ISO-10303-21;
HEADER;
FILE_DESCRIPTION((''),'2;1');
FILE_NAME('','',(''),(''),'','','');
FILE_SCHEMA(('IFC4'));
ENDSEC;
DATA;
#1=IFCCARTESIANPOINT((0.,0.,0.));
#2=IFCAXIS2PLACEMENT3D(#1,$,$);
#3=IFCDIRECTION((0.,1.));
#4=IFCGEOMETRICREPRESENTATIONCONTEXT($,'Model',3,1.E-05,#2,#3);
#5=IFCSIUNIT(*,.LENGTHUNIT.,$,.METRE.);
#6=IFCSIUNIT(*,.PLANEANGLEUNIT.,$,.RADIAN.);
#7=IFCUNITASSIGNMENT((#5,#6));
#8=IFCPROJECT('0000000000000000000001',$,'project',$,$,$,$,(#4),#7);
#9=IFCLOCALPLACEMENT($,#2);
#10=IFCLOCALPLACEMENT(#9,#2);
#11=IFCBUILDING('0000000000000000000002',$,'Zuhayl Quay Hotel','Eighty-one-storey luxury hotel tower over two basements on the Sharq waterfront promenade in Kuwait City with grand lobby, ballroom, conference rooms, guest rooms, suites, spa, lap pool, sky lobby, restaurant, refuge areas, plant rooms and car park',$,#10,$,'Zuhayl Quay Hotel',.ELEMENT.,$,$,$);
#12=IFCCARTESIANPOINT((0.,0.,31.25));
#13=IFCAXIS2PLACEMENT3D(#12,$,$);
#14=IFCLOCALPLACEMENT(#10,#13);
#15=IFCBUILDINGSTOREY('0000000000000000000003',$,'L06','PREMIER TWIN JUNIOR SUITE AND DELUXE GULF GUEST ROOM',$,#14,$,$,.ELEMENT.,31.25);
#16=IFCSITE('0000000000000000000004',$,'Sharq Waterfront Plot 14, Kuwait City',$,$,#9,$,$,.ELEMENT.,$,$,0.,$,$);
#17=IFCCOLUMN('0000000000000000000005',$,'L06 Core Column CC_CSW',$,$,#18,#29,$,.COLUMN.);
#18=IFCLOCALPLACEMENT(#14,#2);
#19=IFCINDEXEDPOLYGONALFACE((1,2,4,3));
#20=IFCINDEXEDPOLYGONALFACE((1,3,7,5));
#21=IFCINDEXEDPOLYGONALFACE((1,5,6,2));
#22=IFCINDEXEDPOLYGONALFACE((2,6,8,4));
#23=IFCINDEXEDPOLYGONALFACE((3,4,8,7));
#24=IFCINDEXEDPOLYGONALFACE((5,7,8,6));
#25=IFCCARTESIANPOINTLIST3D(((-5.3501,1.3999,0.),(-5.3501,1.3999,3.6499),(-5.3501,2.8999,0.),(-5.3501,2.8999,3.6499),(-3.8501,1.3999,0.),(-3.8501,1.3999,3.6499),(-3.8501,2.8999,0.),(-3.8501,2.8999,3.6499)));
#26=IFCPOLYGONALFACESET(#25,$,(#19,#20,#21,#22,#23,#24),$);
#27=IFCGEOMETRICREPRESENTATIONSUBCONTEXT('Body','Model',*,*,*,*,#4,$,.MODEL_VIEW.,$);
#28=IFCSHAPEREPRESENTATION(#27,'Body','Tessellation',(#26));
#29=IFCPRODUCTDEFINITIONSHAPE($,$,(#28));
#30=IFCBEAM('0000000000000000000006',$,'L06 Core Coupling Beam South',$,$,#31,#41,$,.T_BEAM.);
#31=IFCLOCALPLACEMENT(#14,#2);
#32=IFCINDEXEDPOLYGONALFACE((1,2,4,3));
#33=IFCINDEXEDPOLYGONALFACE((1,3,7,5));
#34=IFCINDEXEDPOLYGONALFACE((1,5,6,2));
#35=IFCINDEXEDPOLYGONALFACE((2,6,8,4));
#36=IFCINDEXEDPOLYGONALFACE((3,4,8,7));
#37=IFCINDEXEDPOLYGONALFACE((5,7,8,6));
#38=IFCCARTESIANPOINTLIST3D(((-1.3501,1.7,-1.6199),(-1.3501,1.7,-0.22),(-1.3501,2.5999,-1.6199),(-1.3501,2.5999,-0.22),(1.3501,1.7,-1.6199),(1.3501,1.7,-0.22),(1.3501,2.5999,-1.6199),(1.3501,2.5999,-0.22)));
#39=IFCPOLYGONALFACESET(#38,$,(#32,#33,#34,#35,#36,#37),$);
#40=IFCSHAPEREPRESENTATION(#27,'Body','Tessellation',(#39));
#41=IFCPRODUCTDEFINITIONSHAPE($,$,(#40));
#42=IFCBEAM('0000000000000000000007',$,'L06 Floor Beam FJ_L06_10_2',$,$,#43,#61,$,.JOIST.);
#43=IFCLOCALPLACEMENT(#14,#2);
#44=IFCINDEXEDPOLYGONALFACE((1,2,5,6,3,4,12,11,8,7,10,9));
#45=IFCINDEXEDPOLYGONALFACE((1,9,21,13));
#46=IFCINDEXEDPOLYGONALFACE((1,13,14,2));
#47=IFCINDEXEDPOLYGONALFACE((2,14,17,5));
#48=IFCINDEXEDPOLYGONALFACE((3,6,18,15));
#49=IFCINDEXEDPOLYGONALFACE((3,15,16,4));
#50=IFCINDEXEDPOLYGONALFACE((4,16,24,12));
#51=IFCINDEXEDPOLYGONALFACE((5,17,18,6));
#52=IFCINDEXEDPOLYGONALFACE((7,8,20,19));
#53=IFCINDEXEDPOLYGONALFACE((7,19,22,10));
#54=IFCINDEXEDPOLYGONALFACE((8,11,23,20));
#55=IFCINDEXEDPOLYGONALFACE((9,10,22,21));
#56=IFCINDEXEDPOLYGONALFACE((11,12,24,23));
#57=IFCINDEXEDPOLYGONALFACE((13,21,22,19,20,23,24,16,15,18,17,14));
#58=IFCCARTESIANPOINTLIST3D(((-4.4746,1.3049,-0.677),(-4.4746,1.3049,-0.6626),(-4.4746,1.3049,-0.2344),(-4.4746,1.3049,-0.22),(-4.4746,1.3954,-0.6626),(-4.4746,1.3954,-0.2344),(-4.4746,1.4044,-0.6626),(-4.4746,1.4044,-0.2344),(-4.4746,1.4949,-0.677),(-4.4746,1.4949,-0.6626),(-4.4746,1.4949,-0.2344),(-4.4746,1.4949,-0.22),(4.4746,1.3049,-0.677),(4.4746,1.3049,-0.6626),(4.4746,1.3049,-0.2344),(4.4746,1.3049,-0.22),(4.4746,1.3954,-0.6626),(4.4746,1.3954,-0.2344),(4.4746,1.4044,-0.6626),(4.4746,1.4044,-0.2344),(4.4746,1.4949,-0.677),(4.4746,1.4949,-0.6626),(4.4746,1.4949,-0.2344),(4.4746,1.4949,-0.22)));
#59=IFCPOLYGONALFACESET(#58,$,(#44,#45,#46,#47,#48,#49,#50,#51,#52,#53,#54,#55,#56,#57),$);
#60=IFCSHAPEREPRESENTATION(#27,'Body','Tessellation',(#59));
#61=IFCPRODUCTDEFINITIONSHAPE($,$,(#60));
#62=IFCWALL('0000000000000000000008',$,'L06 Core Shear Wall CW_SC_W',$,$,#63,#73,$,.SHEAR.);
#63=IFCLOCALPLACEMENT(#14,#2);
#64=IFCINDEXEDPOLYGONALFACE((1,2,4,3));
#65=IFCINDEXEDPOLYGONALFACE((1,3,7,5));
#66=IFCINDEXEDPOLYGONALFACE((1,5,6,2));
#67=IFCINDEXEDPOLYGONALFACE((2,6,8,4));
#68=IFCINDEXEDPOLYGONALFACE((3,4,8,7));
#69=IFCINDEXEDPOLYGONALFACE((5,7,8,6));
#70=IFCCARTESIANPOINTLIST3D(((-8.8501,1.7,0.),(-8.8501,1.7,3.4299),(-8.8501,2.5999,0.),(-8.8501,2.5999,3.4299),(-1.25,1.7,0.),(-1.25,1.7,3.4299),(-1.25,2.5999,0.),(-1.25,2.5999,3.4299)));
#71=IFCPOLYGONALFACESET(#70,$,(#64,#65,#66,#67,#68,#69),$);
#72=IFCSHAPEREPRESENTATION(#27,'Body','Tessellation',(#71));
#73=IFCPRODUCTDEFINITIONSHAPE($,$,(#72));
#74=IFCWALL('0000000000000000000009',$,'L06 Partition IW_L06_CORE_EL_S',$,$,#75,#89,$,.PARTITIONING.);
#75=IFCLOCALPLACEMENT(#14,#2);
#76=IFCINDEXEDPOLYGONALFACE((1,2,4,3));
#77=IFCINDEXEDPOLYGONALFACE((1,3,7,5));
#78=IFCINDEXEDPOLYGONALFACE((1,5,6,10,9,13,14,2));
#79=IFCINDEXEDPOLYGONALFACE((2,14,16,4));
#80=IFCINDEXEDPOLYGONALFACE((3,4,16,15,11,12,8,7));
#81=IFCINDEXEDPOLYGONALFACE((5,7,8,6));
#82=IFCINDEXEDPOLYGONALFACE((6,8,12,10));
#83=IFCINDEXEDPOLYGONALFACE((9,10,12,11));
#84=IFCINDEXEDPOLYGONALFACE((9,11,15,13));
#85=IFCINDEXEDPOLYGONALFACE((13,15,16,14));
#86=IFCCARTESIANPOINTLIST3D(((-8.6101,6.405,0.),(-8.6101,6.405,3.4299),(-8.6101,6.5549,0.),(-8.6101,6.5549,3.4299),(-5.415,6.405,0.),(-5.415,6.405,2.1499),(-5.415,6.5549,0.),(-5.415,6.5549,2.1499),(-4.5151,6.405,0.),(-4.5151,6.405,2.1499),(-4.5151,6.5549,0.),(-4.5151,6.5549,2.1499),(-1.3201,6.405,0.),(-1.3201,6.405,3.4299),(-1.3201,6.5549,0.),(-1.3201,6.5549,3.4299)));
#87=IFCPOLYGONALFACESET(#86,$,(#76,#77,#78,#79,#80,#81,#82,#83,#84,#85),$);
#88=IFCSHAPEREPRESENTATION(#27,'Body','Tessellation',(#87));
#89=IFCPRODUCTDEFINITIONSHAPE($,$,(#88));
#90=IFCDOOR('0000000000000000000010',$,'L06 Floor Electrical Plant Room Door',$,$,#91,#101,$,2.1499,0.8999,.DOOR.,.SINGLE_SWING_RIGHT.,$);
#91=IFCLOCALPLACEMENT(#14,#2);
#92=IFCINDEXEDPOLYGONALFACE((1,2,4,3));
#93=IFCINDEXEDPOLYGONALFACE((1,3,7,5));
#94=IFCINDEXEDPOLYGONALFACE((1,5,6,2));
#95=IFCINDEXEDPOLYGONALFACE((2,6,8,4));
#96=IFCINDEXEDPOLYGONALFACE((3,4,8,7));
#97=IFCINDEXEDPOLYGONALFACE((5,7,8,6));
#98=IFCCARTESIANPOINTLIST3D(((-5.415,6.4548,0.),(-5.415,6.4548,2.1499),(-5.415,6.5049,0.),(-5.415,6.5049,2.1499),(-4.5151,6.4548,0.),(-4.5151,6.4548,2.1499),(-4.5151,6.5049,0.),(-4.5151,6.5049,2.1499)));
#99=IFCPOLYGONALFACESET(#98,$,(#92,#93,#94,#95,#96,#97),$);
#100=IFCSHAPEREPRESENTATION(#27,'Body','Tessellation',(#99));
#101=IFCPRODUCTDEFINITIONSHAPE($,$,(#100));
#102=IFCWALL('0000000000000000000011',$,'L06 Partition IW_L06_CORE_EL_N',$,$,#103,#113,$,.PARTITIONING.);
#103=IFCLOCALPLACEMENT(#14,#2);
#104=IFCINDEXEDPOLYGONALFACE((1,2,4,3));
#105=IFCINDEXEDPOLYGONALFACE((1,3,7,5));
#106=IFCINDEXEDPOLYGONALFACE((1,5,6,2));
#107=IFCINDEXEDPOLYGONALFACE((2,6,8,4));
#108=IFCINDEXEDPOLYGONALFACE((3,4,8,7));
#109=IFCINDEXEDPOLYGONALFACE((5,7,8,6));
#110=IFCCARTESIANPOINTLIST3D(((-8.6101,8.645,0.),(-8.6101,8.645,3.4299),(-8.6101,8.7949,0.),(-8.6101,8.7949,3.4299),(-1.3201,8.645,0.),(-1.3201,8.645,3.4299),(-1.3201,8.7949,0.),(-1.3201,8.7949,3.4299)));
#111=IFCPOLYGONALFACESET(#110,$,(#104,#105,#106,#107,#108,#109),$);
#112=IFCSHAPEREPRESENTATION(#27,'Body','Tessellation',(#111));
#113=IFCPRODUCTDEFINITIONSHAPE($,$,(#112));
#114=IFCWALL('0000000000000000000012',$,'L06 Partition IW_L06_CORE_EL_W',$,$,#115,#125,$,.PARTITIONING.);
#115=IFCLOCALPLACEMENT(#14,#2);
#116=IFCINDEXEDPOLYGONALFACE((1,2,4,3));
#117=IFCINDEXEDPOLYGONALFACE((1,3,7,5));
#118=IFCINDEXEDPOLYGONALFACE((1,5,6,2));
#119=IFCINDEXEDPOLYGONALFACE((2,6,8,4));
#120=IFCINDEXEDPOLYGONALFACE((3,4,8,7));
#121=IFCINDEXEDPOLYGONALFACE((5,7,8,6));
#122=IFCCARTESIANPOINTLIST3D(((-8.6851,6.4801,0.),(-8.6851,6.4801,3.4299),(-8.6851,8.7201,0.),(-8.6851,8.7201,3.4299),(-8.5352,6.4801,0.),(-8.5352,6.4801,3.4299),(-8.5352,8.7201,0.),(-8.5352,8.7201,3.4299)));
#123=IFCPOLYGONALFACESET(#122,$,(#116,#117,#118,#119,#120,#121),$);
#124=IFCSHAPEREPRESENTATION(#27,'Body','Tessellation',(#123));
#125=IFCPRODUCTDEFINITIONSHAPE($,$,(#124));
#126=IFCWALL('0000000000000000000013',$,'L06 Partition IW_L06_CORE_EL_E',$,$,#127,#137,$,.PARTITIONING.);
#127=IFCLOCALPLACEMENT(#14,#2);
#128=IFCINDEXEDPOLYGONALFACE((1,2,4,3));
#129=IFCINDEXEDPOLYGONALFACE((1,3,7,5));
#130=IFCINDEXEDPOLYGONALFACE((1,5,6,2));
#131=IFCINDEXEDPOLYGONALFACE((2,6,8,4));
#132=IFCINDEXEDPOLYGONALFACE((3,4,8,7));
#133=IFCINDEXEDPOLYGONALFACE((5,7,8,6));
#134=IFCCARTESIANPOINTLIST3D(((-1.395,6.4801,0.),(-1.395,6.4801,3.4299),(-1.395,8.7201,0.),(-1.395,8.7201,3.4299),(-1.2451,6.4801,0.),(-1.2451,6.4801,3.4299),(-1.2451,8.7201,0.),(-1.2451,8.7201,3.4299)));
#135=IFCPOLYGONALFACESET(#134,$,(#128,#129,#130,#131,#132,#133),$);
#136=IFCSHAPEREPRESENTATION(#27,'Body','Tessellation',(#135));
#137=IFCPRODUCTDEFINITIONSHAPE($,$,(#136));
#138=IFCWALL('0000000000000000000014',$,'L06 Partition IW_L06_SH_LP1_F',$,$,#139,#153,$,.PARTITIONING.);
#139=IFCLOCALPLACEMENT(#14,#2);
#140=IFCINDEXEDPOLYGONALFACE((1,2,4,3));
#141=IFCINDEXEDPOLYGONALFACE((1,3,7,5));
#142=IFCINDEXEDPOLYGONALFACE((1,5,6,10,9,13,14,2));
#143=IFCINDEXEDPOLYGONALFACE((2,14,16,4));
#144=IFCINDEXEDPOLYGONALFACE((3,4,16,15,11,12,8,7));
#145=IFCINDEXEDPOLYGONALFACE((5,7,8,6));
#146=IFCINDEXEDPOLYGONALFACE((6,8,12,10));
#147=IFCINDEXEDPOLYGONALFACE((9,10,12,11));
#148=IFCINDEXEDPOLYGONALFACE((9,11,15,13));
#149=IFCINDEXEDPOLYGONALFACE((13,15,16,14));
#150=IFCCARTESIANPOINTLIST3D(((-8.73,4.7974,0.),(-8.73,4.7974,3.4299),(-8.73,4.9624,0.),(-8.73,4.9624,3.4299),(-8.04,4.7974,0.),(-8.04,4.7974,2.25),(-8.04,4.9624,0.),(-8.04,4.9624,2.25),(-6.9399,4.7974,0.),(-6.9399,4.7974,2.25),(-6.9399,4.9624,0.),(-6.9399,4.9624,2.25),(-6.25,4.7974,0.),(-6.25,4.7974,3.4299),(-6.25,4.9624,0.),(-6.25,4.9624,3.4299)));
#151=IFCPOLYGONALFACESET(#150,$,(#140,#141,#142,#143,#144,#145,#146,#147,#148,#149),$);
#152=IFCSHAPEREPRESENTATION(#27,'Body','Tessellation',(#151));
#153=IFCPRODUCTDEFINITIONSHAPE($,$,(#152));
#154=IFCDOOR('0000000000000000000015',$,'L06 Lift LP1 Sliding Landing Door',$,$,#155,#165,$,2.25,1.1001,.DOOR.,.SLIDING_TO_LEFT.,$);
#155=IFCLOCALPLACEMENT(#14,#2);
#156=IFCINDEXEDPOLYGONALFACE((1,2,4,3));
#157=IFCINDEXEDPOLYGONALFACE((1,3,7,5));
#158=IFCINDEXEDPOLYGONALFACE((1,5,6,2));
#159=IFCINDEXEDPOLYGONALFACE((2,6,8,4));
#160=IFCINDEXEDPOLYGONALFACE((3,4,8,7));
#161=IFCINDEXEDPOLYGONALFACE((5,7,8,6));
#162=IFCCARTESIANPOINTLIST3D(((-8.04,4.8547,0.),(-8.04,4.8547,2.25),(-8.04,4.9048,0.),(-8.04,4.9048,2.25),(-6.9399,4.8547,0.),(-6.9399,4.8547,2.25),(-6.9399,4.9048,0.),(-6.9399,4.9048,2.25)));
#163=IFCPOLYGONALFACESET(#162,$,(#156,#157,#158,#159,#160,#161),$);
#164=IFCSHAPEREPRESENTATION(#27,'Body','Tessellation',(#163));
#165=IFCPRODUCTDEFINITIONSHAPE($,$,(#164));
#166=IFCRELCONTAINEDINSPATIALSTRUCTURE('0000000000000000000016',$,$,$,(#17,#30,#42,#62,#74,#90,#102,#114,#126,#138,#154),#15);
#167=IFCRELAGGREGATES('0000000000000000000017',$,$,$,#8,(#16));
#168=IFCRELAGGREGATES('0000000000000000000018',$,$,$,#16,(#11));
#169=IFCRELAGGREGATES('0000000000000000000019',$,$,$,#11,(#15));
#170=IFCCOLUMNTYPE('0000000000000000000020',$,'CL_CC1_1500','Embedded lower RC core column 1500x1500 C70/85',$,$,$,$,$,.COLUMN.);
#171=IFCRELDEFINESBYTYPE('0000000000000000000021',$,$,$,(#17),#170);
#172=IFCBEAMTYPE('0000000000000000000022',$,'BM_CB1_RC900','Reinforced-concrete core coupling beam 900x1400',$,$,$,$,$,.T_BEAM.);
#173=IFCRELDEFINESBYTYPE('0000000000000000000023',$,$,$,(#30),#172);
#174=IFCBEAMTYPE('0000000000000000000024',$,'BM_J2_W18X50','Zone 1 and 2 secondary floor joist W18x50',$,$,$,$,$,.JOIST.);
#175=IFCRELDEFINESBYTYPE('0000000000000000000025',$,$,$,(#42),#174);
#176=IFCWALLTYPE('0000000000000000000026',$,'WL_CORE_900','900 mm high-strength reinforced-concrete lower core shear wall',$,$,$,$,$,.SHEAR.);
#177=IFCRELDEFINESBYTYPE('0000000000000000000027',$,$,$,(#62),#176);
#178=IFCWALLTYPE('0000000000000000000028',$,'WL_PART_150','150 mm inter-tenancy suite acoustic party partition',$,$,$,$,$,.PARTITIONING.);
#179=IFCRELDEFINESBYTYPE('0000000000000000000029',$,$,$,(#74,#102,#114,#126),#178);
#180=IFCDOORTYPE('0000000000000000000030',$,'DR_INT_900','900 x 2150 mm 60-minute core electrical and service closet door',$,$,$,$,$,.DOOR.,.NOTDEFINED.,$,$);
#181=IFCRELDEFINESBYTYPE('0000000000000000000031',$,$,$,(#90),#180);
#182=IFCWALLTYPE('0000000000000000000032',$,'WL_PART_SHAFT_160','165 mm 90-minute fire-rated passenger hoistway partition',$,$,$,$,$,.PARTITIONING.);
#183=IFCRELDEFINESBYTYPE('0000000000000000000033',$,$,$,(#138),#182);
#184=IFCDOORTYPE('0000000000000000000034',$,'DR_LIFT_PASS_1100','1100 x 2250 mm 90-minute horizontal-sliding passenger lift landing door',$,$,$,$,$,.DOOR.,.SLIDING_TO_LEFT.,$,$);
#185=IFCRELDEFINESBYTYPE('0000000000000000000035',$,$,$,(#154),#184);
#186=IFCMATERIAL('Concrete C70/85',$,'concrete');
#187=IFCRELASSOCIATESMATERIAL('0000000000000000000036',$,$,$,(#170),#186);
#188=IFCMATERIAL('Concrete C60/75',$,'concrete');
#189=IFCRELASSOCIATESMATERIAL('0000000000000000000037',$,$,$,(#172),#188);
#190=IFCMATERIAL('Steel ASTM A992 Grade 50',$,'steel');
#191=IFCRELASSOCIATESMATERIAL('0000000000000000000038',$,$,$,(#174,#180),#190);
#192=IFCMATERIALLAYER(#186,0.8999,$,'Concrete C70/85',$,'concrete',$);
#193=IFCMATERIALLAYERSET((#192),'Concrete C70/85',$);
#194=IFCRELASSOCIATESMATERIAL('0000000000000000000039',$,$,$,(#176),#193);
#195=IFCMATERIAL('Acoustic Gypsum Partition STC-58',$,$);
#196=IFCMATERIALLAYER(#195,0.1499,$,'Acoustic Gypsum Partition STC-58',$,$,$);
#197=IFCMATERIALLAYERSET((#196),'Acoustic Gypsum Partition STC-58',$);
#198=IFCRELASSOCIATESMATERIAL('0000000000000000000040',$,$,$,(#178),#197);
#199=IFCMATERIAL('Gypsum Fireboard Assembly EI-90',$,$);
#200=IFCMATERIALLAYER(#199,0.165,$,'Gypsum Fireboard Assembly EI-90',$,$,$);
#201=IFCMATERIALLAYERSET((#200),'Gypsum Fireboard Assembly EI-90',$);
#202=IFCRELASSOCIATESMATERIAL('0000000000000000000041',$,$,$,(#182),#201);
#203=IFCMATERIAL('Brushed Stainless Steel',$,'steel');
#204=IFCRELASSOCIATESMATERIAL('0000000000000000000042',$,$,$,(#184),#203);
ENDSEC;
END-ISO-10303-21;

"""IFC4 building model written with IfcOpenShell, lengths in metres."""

from ifc_helpers import new_model, si_unit, direction, frame, frame_2d, origin, origin_2d, place, context, subcontext, project, spatial, rectangle, i_section, extrude, material, layer, layer_set, material_profile, profile_set, type_object, element, fill, save


model = new_model("IFC4")

# Units and contexts
model_context = context("Model", 3, precision=1e-05, world=origin(), true_north=direction((0.0, 1.0)))
body_context = subcontext(model_context, "Body", "Model", "MODEL_VIEW")
ifc_project = project(units=[si_unit("LENGTHUNIT", "METRE"), si_unit("PLANEANGLEUNIT", "RADIAN")], contexts=[model_context])

# Site, building, storey
site_placement = place(None, origin())
site = spatial("IfcSite", under=ifc_project, at=site_placement, Name="Sharq Waterfront Plot 14, Kuwait City", CompositionType="ELEMENT", RefElevation=0.0)
building_placement = place(site_placement, origin())
building = spatial("IfcBuilding", under=site, at=building_placement, Name="Zuhayl Quay Hotel", Description="Eighty-one-storey luxury hotel tower over two basements on the Sharq waterfront promenade in Kuwait City with grand lobby, ballroom, conference rooms, guest rooms, suites, spa, lap pool, sky lobby, restaurant, refuge areas, plant rooms and car park", LongName="Zuhayl Quay Hotel", CompositionType="ELEMENT")
storey_placement = place(building_placement, frame((0.0, 0.0, 31.25)))
storey = spatial("IfcBuildingStorey", under=building, at=storey_placement, Name="L06", Description="PREMIER TWIN JUNIOR SUITE AND DELUXE GULF GUEST ROOM", CompositionType="ELEMENT", Elevation=31.25)

# Column
ifc_material_1 = material(Name="Concrete C70/85", Category="concrete")
ifc_material_profile_1 = material_profile(ifc_material_1, rectangle(XDim=1.5, YDim=1.5, at=origin_2d()), Name="RC1500X1500")
ifc_profile_set_1 = profile_set([ifc_material_profile_1], Name="Concrete C70/85")
column_type = type_object("IfcColumnType", Name="CL_CC1_1500", Description="Embedded lower RC core column 1500x1500 C70/85", PredefinedType="COLUMN", material=ifc_profile_set_1)
column_placement = place(storey_placement, frame((-4.6001, 2.1499, 0.0), z_axis=(0.0, 0.0, 1.0), x_axis=(1.0, 0.0, 0.0)))
element("IfcColumn", 1, at=column_placement, inside=storey, type_object=column_type, Name="L06 Core Column CC_CSW", PredefinedType="COLUMN", context=body_context, shape_type="SweptSolid", body=[
    extrude(rectangle(XDim=1.5, YDim=1.5, at=origin_2d()), origin(), (0.0, 0.0, 1.0), 3.6499),
])

# Beams
ifc_material_2 = material(Name="Concrete C60/75", Category="concrete")
ifc_material_profile_2 = material_profile(ifc_material_2, rectangle(XDim=0.8999, YDim=1.3999, at=origin_2d()), Name="RC900X1400")
ifc_profile_set_2 = profile_set([ifc_material_profile_2], Name="Concrete C60/75")
beam_type_1 = type_object("IfcBeamType", Name="BM_CB1_RC900", Description="Reinforced-concrete core coupling beam 900x1400", PredefinedType="T_BEAM", material=ifc_profile_set_2)
beam_1_placement = place(storey_placement, frame((-1.3501, 2.1499, -0.9199), z_axis=(1.0, 0.0, 0.0), x_axis=(0.0, 1.0, 0.0)))
element("IfcBeam", 2, at=beam_1_placement, inside=storey, type_object=beam_type_1, Name="L06 Core Coupling Beam South", PredefinedType="T_BEAM", context=body_context, shape_type="SweptSolid", body=[
    extrude(rectangle(XDim=0.8999, YDim=1.3999, at=origin_2d()), origin(), (0.0, 0.0, 1.0), 2.7002),
])
ifc_material_3 = material(Name="Steel ASTM A992 Grade 50", Category="steel")
ifc_material_profile_3 = material_profile(ifc_material_3, i_section(OverallWidth=0.1899, OverallDepth=0.457, WebThickness=0.009, FlangeThickness=0.0144, at=origin_2d()), Name="W18X50")
ifc_profile_set_3 = profile_set([ifc_material_profile_3], Name="Steel ASTM A992 Grade 50")
beam_type_2 = type_object("IfcBeamType", Name="BM_J2_W18X50", Description="Zone 1 and 2 secondary floor joist W18x50", PredefinedType="JOIST", material=ifc_profile_set_3)
beam_2_placement = place(storey_placement, frame((-4.4746, 1.3999, -0.4485), z_axis=(1.0, 0.0, 0.0), x_axis=(0.0, 1.0, 0.0)))
element("IfcBeam", 3, at=beam_2_placement, inside=storey, type_object=beam_type_2, Name="L06 Floor Beam FJ_L06_10_2", PredefinedType="JOIST", context=body_context, shape_type="SweptSolid", body=[
    extrude(i_section(OverallWidth=0.1899, OverallDepth=0.457, WebThickness=0.009, FlangeThickness=0.0144, at=origin_2d()), origin(), (0.0, 0.0, 1.0), 8.9492),
])

# Wall
ifc_layer_1 = layer(ifc_material_1, 0.8999, Name="Concrete C70/85", Category="concrete")
ifc_layer_set_1 = layer_set([ifc_layer_1], Name="Concrete C70/85")
wall_type_1 = type_object("IfcWallType", Name="WL_CORE_900", Description="900 mm high-strength reinforced-concrete lower core shear wall", PredefinedType="SHEAR", material=ifc_layer_set_1)
wall_1_placement = place(storey_placement, frame((-8.8501, 2.1499, 0.0), z_axis=(0.0, 0.0, 1.0), x_axis=(1.0, 0.0, 0.0)))
element("IfcWall", 4, at=wall_1_placement, inside=storey, type_object=wall_type_1, Name="L06 Core Shear Wall CW_SC_W", PredefinedType="SHEAR", context=body_context, shape_type="SweptSolid", body=[
    extrude(rectangle(XDim=7.6001, YDim=0.8999, at=frame_2d((3.8, 0.0))), origin(), (0.0, 0.0, 1.0), 3.4299),
])

# Wall, opening, door
ifc_material_4 = material(Name="Acoustic Gypsum Partition STC-58")
ifc_layer_2 = layer(ifc_material_4, 0.1499, Name="Acoustic Gypsum Partition STC-58")
ifc_layer_set_2 = layer_set([ifc_layer_2], Name="Acoustic Gypsum Partition STC-58")
wall_type_2 = type_object("IfcWallType", Name="WL_PART_150", Description="150 mm inter-tenancy suite acoustic party partition", PredefinedType="PARTITIONING", material=ifc_layer_set_2)
wall_2_placement = place(storey_placement, frame((-8.6101, 6.48, 0.0), z_axis=(0.0, 0.0, 1.0), x_axis=(1.0, 0.0, 0.0)))
wall_2 = element("IfcWall", 5, at=wall_2_placement, inside=storey, type_object=wall_type_2, Name="L06 Partition IW_L06_CORE_EL_S", PredefinedType="PARTITIONING", context=body_context, shape_type="SweptSolid", body=[
    extrude(rectangle(XDim=7.29, YDim=0.1499, at=frame_2d((3.645, 0.0))), origin(), (0.0, 0.0, 1.0), 3.4299),
])
opening_1_placement = place(wall_2_placement, frame((3.1951, 0.0, 0.0)))
opening_1 = element("IfcOpeningElement", 6, at=opening_1_placement, cuts=wall_2, PredefinedType="OPENING", context=body_context, shape_type="SweptSolid", body=[
    extrude(rectangle(XDim=0.8999, YDim=2.1499, at=frame_2d((0.45, 1.075))), frame((0.0, 0.085, 0.0), z_axis=(0.0, -1.0, 0.0), x_axis=(1.0, 0.0, 0.0)), (0.0, 0.0, 1.0), 0.1699),
])
door_type_1 = type_object("IfcDoorType", Name="DR_INT_900", Description="900 x 2150 mm 60-minute core electrical and service closet door", OperationType="NOTDEFINED", PredefinedType="DOOR", material=ifc_material_3)
door_1_placement = place(opening_1_placement, origin())
door_1 = element("IfcDoor", 7, at=door_1_placement, inside=storey, type_object=door_type_1, Name="L06 Floor Electrical Plant Room Door", OperationType="SINGLE_SWING_RIGHT", OverallHeight=2.1499, OverallWidth=0.8999, PredefinedType="DOOR", context=body_context, shape_type="SweptSolid", body=[
    extrude(rectangle(XDim=0.8999, YDim=2.1499, at=frame_2d((0.45, 1.075))), frame((0.0, 0.0249, 0.0), z_axis=(0.0, -1.0, 0.0), x_axis=(1.0, 0.0, 0.0)), (0.0, 0.0, 1.0), 0.05),
])
fill(opening_1, door_1)

# Walls
wall_3_placement = place(storey_placement, frame((-8.6101, 8.72, 0.0), z_axis=(0.0, 0.0, 1.0), x_axis=(1.0, 0.0, 0.0)))
element("IfcWall", 8, at=wall_3_placement, inside=storey, type_object=wall_type_2, Name="L06 Partition IW_L06_CORE_EL_N", PredefinedType="PARTITIONING", context=body_context, shape_type="SweptSolid", body=[
    extrude(rectangle(XDim=7.29, YDim=0.1499, at=frame_2d((3.645, 0.0))), origin(), (0.0, 0.0, 1.0), 3.4299),
])
for number, where, z_axis, x_axis, name in (
    (9, (-8.6101, 6.48, 0.0), (0.0, 0.0, 1.0), (0.0, 1.0, 0.0), "L06 Partition IW_L06_CORE_EL_W"),
    (10, (-1.3201, 6.48, 0.0), (0.0, 0.0, 1.0), (0.0, 1.0, 0.0), "L06 Partition IW_L06_CORE_EL_E"),
):
    element("IfcWall", number, at=place(storey_placement, frame(where, z_axis=z_axis, x_axis=x_axis)), inside=storey, type_object=wall_type_2, Name=name, PredefinedType="PARTITIONING", context=body_context, shape_type="SweptSolid", body=[
        extrude(rectangle(XDim=2.24, YDim=0.1499, at=frame_2d((1.1201, 0.0))), origin(), (0.0, 0.0, 1.0), 3.4299),
    ])

# Wall, opening, door
ifc_material_5 = material(Name="Gypsum Fireboard Assembly EI-90")
ifc_layer_3 = layer(ifc_material_5, 0.165, Name="Gypsum Fireboard Assembly EI-90")
ifc_layer_set_3 = layer_set([ifc_layer_3], Name="Gypsum Fireboard Assembly EI-90")
wall_type_3 = type_object("IfcWallType", Name="WL_PART_SHAFT_160", Description="165 mm 90-minute fire-rated passenger hoistway partition", PredefinedType="PARTITIONING", material=ifc_layer_set_3)
wall_4_placement = place(storey_placement, frame((-8.73, 4.8799, 0.0), z_axis=(0.0, 0.0, 1.0), x_axis=(1.0, 0.0, 0.0)))
wall_4 = element("IfcWall", 11, at=wall_4_placement, inside=storey, type_object=wall_type_3, Name="L06 Partition IW_L06_SH_LP1_F", PredefinedType="PARTITIONING", context=body_context, shape_type="SweptSolid", body=[
    extrude(rectangle(XDim=2.48, YDim=0.165, at=frame_2d((1.24, 0.0))), origin(), (0.0, 0.0, 1.0), 3.4299),
])
opening_2_placement = place(wall_4_placement, frame((0.6899, 0.0, 0.0)))
opening_2 = element("IfcOpeningElement", 12, at=opening_2_placement, cuts=wall_4, PredefinedType="OPENING", context=body_context, shape_type="SweptSolid", body=[
    extrude(rectangle(XDim=1.1001, YDim=2.25, at=frame_2d((0.55, 1.125))), frame((0.0, 0.0925, 0.0), z_axis=(0.0, -1.0, 0.0), x_axis=(1.0, 0.0, 0.0)), (0.0, 0.0, 1.0), 0.1851),
])
ifc_material_6 = material(Name="Brushed Stainless Steel", Category="steel")
door_type_2 = type_object("IfcDoorType", Name="DR_LIFT_PASS_1100", Description="1100 x 2250 mm 90-minute horizontal-sliding passenger lift landing door", OperationType="SLIDING_TO_LEFT", PredefinedType="DOOR", material=ifc_material_6)
door_2_placement = place(opening_2_placement, origin())
door_2 = element("IfcDoor", 13, at=door_2_placement, inside=storey, type_object=door_type_2, Name="L06 Lift LP1 Sliding Landing Door", OperationType="SLIDING_TO_LEFT", OverallHeight=2.25, OverallWidth=1.1001, PredefinedType="DOOR", context=body_context, shape_type="SweptSolid", body=[
    extrude(rectangle(XDim=1.1001, YDim=2.25, at=frame_2d((0.55, 1.125))), frame((0.0, 0.0249, 0.0), z_axis=(0.0, -1.0, 0.0), x_axis=(1.0, 0.0, 0.0)), (0.0, 0.0, 1.0), 0.05),
])
fill(opening_2, door_2)

save(model, "model.ifc")
